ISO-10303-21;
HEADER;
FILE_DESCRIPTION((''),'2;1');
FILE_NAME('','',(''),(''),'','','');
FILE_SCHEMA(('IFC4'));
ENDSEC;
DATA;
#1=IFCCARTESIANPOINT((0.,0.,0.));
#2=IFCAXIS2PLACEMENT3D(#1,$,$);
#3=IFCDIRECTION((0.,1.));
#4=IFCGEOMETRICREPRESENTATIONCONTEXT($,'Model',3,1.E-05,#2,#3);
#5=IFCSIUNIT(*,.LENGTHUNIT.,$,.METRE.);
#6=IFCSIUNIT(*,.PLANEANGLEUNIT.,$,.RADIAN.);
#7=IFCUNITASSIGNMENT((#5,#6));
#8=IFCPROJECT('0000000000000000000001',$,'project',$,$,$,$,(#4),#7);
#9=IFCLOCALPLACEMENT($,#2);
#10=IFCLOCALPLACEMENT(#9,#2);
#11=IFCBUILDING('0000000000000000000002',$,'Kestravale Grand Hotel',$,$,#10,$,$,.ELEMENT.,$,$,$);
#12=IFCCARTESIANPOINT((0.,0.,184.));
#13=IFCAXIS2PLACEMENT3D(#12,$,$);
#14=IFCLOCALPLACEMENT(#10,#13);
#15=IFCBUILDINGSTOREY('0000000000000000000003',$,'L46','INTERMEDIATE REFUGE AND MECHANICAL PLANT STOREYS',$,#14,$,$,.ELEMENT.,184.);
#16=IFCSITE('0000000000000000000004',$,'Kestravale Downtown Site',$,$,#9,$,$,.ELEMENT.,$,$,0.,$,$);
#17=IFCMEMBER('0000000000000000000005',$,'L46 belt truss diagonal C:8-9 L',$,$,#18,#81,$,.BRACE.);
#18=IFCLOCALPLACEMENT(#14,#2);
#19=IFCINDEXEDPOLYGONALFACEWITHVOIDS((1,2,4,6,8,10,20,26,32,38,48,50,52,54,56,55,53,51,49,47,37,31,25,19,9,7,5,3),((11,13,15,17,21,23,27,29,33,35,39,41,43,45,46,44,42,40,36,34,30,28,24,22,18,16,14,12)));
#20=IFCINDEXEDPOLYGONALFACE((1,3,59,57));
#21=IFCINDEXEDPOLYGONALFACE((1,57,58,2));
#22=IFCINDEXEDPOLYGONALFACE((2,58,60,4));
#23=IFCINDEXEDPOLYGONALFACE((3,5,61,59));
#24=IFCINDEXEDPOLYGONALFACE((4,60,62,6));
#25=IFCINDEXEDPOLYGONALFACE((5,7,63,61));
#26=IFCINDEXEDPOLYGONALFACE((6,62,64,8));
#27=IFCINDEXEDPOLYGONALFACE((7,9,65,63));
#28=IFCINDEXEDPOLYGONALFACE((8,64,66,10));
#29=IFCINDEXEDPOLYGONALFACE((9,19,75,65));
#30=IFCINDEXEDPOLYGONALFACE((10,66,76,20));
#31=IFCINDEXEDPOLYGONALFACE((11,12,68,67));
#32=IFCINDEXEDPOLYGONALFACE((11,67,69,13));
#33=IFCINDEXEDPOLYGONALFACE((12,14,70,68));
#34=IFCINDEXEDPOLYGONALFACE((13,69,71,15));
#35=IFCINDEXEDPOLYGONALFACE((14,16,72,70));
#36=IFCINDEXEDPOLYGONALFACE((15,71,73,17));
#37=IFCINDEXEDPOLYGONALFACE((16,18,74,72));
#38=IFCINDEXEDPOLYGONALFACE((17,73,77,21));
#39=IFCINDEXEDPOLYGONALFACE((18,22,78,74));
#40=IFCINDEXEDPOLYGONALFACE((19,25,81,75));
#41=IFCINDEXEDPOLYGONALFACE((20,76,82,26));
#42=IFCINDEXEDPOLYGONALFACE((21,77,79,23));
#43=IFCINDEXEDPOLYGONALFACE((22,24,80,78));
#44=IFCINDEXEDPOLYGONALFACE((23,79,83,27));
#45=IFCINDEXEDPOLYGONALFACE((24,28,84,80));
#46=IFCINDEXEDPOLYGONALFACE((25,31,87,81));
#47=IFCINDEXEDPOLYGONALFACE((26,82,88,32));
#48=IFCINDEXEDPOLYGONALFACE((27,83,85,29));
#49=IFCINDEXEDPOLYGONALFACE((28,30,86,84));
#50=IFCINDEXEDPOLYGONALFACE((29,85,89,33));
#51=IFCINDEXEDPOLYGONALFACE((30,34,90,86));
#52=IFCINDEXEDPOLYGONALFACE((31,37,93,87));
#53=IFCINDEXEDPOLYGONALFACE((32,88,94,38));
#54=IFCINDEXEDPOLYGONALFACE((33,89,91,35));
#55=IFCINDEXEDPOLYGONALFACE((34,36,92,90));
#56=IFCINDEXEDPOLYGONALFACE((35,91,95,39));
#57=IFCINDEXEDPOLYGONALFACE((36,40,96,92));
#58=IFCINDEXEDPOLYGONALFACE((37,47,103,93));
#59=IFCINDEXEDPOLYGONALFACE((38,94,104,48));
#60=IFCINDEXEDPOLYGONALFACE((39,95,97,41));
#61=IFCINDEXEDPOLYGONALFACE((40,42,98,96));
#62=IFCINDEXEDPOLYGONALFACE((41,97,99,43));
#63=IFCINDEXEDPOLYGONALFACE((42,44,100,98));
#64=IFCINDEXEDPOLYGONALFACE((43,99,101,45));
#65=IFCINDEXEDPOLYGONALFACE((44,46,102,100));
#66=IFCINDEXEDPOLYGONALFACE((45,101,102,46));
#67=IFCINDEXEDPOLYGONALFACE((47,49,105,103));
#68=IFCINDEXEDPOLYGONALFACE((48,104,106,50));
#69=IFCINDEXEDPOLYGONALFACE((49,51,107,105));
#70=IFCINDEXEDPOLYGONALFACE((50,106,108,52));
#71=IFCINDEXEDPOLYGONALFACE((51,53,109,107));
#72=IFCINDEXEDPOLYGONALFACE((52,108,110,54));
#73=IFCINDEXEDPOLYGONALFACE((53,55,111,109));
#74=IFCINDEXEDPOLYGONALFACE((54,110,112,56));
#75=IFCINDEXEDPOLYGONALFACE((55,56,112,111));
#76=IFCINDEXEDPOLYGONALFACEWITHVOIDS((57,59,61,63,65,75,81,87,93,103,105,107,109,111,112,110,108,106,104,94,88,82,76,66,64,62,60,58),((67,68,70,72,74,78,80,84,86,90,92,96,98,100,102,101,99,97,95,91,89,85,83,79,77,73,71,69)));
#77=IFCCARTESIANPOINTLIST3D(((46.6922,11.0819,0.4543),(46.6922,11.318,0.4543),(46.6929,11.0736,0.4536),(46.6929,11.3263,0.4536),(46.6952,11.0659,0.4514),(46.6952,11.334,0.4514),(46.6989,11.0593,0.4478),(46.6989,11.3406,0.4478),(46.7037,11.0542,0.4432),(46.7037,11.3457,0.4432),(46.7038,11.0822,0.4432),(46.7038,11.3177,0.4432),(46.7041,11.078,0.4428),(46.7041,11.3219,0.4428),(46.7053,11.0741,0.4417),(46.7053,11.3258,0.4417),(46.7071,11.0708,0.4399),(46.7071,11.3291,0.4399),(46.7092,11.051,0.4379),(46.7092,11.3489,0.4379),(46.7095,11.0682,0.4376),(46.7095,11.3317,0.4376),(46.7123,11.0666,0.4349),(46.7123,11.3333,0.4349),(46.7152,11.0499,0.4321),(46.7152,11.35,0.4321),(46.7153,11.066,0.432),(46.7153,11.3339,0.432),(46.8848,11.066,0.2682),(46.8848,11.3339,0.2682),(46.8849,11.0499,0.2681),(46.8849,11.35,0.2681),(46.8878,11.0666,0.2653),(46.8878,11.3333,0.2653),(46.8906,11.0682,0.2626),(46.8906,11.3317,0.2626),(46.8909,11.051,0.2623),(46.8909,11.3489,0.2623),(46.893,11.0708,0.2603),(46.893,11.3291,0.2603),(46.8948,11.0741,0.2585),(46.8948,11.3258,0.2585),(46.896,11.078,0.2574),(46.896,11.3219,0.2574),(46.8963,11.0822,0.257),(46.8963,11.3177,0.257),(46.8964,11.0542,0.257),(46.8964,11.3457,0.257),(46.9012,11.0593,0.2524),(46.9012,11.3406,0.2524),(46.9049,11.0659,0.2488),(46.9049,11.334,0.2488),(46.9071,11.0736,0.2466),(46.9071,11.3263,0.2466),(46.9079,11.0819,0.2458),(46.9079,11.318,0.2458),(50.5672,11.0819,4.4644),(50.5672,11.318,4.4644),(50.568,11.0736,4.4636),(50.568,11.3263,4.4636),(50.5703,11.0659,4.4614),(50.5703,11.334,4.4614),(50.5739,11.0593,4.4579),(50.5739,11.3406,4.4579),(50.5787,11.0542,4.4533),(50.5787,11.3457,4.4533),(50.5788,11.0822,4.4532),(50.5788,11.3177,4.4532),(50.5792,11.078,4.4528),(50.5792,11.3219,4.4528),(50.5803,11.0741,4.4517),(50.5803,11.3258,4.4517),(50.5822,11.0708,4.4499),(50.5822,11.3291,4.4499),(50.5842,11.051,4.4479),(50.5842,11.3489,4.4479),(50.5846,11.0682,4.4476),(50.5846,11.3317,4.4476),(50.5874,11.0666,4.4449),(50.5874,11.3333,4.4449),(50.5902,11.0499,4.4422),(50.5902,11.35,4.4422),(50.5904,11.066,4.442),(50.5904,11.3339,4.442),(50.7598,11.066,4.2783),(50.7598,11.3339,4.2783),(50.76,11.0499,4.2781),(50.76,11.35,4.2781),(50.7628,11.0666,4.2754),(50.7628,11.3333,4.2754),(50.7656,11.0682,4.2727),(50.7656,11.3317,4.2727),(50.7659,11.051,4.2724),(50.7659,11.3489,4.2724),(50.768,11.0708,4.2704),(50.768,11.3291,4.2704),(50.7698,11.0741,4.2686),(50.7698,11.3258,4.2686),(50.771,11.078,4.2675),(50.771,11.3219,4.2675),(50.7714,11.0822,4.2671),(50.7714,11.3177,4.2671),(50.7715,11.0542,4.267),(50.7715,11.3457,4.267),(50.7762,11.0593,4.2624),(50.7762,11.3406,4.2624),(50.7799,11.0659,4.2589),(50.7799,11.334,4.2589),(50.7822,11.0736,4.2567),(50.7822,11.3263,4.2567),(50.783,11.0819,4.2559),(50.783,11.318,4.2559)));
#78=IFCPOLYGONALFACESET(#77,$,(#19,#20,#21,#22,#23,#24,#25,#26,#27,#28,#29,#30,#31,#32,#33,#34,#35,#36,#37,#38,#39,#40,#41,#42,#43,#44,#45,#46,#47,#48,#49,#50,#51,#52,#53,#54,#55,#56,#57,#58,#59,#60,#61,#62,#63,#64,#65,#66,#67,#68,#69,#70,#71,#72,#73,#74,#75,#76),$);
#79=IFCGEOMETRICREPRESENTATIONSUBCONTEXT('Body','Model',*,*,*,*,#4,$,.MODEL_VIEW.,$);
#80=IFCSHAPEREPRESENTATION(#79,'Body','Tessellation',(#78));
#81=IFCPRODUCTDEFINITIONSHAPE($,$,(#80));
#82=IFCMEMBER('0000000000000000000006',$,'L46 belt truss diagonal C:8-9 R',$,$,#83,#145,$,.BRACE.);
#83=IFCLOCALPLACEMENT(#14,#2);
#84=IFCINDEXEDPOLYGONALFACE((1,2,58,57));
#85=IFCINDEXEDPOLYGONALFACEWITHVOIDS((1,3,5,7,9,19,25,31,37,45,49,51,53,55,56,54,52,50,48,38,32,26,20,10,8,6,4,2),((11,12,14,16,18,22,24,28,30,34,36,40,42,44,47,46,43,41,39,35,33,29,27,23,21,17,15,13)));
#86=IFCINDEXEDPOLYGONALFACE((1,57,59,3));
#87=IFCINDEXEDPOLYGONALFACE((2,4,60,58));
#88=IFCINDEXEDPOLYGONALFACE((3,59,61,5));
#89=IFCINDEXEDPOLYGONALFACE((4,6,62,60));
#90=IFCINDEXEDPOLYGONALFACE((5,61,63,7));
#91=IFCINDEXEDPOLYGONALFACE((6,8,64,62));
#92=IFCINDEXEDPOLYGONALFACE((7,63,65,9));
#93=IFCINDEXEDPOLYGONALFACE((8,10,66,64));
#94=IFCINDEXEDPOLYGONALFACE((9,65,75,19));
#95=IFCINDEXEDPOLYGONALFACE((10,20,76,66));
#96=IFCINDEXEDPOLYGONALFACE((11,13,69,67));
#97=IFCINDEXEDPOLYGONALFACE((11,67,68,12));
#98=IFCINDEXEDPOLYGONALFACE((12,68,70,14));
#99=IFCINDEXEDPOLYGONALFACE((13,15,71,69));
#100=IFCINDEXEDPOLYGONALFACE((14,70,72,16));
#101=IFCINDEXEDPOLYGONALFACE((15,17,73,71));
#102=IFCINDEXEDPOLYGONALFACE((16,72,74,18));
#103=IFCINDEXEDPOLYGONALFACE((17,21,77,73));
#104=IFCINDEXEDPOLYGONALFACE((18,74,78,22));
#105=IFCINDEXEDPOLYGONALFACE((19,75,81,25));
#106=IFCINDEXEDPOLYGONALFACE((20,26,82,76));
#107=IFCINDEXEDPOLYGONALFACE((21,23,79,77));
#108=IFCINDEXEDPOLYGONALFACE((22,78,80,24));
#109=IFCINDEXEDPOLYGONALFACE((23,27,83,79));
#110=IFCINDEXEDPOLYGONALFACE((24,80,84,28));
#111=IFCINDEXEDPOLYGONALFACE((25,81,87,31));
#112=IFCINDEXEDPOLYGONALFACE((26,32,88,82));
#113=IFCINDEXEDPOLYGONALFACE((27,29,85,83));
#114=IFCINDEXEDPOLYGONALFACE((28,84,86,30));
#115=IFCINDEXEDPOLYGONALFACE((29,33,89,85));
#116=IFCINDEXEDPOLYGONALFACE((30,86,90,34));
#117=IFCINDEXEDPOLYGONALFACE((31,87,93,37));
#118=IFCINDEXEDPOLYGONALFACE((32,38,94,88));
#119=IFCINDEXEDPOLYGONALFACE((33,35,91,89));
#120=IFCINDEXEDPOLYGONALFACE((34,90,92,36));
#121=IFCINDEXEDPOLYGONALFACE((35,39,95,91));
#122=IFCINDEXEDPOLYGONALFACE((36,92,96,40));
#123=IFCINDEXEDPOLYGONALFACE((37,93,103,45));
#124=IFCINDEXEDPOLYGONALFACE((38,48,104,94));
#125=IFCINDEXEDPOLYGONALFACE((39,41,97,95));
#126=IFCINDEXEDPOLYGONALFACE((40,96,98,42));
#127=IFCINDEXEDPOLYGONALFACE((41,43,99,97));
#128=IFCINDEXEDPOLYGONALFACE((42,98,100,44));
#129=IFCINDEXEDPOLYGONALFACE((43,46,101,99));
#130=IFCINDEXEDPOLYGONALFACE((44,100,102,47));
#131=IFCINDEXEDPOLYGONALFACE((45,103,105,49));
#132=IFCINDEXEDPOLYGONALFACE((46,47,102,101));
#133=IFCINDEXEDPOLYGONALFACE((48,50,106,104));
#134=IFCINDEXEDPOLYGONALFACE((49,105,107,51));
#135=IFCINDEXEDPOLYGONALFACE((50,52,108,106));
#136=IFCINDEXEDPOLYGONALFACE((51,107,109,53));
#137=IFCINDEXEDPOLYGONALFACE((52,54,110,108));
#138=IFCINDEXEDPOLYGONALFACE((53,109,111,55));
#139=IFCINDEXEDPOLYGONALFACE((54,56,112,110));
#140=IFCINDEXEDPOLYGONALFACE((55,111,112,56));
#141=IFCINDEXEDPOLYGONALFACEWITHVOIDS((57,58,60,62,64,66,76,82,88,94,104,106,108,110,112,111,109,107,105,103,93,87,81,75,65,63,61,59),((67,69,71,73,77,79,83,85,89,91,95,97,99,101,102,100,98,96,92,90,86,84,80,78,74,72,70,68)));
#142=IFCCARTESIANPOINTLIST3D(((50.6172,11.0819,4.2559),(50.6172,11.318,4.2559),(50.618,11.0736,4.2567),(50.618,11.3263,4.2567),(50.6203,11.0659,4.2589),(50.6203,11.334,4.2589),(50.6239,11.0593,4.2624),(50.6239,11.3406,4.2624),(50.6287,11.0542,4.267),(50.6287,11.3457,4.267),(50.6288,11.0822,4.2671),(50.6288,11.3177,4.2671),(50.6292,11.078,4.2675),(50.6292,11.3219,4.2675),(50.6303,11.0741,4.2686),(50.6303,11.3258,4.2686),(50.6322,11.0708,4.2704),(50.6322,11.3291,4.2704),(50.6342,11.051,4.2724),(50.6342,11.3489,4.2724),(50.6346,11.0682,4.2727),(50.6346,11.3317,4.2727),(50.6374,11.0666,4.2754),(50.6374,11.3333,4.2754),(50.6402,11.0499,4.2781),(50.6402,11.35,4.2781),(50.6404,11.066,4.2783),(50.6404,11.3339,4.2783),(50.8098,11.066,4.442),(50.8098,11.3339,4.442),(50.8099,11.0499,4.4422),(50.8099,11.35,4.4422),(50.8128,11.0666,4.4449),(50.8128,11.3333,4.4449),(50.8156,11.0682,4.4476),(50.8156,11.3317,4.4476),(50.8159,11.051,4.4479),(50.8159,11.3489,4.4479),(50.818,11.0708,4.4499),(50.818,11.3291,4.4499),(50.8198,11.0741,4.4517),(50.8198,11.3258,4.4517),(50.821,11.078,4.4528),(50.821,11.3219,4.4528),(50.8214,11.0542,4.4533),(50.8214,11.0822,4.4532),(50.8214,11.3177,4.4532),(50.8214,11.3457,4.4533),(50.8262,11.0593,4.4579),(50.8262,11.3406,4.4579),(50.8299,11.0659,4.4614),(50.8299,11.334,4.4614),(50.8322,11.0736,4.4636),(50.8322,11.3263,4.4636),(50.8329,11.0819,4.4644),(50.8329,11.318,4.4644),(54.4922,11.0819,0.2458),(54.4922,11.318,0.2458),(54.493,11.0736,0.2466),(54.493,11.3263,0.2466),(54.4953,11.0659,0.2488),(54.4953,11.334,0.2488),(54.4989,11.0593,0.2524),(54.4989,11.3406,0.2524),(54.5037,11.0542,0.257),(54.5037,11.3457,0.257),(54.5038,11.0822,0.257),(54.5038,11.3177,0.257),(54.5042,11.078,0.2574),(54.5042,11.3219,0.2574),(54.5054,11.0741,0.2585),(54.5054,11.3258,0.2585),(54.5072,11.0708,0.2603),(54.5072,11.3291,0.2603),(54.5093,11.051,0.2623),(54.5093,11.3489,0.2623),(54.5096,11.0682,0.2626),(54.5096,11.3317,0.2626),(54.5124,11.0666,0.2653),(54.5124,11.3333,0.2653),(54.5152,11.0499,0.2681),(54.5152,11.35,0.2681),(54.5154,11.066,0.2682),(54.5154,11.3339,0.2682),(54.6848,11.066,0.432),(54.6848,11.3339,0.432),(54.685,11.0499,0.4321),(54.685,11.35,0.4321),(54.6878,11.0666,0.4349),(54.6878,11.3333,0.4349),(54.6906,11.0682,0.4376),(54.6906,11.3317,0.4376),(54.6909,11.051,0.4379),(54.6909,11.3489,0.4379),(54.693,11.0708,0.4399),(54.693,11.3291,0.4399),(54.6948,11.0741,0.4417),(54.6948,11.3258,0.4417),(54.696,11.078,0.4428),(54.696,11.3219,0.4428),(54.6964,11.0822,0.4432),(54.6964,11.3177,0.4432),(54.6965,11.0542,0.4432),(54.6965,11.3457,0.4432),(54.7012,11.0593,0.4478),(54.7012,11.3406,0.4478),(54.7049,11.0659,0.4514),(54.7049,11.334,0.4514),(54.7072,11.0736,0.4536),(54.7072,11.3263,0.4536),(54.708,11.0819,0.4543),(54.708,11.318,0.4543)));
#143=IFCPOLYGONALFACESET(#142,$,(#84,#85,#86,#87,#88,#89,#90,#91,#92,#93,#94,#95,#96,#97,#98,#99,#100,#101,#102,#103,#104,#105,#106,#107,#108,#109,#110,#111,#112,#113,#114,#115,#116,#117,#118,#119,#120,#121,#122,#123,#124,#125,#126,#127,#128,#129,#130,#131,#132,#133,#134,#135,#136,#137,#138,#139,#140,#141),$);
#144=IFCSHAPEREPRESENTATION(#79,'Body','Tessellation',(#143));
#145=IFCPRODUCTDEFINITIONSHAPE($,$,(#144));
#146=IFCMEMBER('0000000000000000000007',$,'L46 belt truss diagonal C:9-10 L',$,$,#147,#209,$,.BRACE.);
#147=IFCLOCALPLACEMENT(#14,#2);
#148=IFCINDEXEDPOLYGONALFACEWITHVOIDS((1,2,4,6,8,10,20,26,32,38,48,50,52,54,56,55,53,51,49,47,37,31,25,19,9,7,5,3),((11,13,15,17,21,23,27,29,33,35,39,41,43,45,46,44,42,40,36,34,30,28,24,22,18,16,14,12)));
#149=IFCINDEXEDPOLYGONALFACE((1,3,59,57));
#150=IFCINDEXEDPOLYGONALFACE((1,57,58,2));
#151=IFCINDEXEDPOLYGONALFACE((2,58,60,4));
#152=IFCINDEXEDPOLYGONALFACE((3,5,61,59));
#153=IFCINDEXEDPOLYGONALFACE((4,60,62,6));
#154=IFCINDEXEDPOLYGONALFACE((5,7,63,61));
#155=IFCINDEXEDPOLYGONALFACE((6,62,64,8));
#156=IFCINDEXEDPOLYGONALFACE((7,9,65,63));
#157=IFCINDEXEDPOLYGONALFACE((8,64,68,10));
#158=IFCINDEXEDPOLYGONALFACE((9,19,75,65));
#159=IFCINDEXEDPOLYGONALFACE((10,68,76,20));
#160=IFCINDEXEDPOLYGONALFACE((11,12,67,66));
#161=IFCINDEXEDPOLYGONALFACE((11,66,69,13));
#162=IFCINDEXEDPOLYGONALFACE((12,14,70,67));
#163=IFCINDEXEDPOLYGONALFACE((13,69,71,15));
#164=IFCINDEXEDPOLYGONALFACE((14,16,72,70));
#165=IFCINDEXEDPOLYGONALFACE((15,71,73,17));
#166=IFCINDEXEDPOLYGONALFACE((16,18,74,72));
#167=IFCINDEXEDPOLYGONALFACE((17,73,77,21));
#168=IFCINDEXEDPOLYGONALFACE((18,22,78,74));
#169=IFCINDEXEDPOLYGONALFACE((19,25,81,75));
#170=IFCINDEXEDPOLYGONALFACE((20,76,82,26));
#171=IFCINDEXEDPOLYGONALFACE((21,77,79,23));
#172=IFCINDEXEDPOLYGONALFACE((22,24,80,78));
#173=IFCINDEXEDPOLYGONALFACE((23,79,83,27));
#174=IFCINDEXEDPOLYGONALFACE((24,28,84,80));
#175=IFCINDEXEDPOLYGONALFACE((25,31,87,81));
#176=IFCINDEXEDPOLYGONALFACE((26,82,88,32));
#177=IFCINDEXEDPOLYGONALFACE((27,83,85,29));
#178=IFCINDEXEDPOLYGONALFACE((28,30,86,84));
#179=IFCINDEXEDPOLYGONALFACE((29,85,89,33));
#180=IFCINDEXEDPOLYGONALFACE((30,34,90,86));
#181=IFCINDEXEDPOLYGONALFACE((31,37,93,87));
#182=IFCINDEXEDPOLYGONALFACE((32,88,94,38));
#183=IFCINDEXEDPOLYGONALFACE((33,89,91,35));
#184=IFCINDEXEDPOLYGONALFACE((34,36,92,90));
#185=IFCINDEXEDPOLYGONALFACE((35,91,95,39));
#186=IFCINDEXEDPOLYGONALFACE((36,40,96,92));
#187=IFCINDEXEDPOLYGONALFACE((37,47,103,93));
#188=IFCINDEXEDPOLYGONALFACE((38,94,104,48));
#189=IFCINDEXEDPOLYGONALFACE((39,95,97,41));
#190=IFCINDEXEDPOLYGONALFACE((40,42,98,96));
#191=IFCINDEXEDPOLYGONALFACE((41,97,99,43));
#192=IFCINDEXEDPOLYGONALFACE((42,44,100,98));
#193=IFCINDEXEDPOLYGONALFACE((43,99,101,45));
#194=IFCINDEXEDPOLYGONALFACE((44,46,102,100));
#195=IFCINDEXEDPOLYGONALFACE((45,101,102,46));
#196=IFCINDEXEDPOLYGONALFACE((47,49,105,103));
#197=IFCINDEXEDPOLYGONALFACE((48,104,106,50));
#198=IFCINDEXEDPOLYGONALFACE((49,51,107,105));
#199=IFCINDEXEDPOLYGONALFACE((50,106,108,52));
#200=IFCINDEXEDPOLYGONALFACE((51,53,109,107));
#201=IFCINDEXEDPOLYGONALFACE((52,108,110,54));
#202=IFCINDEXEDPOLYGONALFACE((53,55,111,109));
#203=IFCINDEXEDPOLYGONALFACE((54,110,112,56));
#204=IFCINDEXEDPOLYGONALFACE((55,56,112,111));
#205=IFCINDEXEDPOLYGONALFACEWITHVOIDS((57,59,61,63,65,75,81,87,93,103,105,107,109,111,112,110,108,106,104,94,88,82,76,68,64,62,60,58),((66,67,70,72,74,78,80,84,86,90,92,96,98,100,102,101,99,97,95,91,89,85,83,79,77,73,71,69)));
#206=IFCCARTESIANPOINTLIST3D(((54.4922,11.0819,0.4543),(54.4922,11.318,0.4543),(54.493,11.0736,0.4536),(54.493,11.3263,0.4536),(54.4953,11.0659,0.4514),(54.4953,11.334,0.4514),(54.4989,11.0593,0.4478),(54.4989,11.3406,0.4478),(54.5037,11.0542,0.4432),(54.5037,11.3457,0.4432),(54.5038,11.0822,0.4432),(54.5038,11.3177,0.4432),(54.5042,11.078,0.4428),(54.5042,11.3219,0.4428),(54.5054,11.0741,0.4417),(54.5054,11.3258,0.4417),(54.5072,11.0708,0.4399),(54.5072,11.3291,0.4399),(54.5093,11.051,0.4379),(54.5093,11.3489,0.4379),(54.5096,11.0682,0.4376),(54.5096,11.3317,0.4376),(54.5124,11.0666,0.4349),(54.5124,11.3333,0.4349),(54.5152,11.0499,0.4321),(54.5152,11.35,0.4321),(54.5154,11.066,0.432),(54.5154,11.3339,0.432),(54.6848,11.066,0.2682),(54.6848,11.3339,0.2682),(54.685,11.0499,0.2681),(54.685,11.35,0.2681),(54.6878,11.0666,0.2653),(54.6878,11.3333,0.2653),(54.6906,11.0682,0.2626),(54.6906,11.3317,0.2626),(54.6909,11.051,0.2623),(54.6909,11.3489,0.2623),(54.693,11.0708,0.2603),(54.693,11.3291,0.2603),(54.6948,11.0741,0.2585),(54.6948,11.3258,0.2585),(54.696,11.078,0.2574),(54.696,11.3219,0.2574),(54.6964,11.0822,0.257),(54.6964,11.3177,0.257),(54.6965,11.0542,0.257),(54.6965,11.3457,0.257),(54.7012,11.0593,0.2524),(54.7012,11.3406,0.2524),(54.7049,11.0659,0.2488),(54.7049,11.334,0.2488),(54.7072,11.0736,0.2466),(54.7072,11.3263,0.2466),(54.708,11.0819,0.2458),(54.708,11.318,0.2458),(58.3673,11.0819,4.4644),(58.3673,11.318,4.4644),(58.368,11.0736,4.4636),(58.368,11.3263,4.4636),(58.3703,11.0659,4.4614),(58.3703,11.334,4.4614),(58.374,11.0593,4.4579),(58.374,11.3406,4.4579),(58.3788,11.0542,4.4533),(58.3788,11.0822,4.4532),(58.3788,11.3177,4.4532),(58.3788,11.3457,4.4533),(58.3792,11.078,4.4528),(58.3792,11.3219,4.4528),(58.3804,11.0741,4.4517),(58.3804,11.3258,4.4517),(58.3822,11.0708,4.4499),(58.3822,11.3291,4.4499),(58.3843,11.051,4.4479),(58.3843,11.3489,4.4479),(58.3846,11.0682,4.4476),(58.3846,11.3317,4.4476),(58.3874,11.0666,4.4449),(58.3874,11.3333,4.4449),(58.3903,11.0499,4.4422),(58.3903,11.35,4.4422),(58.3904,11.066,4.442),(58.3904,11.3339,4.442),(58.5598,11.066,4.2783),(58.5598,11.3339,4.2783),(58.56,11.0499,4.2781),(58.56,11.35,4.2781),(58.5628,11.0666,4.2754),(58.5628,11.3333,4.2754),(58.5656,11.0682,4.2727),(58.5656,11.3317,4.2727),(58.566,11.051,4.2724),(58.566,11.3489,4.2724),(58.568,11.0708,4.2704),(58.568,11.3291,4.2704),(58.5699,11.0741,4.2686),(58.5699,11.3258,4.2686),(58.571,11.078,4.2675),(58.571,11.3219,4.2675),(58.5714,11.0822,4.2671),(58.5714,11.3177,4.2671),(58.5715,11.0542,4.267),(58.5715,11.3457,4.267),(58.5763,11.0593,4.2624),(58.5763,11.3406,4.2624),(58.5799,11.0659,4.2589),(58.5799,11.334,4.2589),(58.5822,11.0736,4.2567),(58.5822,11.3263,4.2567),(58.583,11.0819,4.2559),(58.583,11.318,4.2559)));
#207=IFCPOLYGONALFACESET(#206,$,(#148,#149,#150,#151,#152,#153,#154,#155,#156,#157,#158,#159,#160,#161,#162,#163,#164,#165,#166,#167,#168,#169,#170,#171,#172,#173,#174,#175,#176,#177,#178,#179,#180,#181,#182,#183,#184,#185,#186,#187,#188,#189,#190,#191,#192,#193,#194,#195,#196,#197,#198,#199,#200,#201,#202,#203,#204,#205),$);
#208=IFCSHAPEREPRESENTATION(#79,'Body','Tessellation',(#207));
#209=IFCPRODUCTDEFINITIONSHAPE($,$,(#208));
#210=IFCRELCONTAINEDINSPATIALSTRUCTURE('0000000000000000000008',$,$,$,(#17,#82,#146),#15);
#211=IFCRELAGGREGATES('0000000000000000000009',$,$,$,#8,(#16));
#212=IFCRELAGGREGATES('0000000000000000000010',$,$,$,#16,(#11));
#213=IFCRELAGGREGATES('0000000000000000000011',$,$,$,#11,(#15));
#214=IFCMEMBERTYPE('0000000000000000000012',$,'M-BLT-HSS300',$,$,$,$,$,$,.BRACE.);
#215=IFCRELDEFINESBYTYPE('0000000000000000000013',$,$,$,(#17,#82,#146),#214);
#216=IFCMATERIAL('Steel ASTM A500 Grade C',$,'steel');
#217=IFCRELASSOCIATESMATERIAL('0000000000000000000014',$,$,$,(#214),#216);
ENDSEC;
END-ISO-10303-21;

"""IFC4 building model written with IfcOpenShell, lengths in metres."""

from ifc_helpers import new_model, si_unit, direction, frame, origin, origin_2d, place, context, subcontext, project, spatial, hollow_rectangle, extrude, material, material_profile, profile_set, type_object, element, save


model = new_model("IFC4")

# Units and contexts
model_context = context("Model", 3, precision=1e-05, world=origin(), true_north=direction((0.0, 1.0)))
body_context = subcontext(model_context, "Body", "Model", "MODEL_VIEW")
ifc_project = project(units=[si_unit("LENGTHUNIT", "METRE"), si_unit("PLANEANGLEUNIT", "RADIAN")], contexts=[model_context])

# Site, building, storey
site_placement = place(None, origin())
site = spatial("IfcSite", under=ifc_project, at=site_placement, Name="Kestravale Downtown Site", CompositionType="ELEMENT", RefElevation=0.0)
building_placement = place(site_placement, origin())
building = spatial("IfcBuilding", under=site, at=building_placement, Name="Kestravale Grand Hotel", CompositionType="ELEMENT")
storey_placement = place(building_placement, frame((0.0, 0.0, 184.0)))
storey = spatial("IfcBuildingStorey", under=building, at=storey_placement, Name="L46", Description="INTERMEDIATE REFUGE AND MECHANICAL PLANT STOREYS", CompositionType="ELEMENT", Elevation=184.0)

# Members
ifc_material_1 = material(Name="Steel ASTM A500 Grade C", Category="steel")
ifc_material_profile_1 = material_profile(ifc_material_1, hollow_rectangle(XDim=0.3, YDim=0.3, WallThickness=0.0161, InnerFilletRadius=0.0161, OuterFilletRadius=0.032, at=origin_2d()))
ifc_profile_set_1 = profile_set([ifc_material_profile_1], Name="Steel ASTM A500 Grade C")
member_type_1 = type_object("IfcMemberType", Name="M-BLT-HSS300", PredefinedType="BRACE", material=ifc_profile_set_1)
for number, where, z_axis, x_axis, name in (
    (1, (46.8, 11.2, 0.3501), (0.694898, 0.0, 0.719109), (0.0, 1.0, 0.0), "L46 belt truss diagonal C:8-9 L"),
    (2, (54.6001, 11.2, 0.3501), (-0.694898, 0.0, 0.719109), (0.0, -1.0, 0.0), "L46 belt truss diagonal C:8-9 R"),
    (3, (54.6001, 11.2, 0.3501), (0.694898, 0.0, 0.719109), (0.0, 1.0, 0.0), "L46 belt truss diagonal C:9-10 L"),
):
    element("IfcMember", number, at=place(storey_placement, frame(where, z_axis=z_axis, x_axis=x_axis)), inside=storey, type_object=member_type_1, Name=name, PredefinedType="BRACE", context=body_context, shape_type="SweptSolid", body=[
        extrude(hollow_rectangle(XDim=0.3, YDim=0.3, WallThickness=0.0161, InnerFilletRadius=0.0161, OuterFilletRadius=0.032, at=origin_2d()), origin(), (0.0, 0.0, 1.0), 5.5764),
    ])

save(model, "model.ifc")
